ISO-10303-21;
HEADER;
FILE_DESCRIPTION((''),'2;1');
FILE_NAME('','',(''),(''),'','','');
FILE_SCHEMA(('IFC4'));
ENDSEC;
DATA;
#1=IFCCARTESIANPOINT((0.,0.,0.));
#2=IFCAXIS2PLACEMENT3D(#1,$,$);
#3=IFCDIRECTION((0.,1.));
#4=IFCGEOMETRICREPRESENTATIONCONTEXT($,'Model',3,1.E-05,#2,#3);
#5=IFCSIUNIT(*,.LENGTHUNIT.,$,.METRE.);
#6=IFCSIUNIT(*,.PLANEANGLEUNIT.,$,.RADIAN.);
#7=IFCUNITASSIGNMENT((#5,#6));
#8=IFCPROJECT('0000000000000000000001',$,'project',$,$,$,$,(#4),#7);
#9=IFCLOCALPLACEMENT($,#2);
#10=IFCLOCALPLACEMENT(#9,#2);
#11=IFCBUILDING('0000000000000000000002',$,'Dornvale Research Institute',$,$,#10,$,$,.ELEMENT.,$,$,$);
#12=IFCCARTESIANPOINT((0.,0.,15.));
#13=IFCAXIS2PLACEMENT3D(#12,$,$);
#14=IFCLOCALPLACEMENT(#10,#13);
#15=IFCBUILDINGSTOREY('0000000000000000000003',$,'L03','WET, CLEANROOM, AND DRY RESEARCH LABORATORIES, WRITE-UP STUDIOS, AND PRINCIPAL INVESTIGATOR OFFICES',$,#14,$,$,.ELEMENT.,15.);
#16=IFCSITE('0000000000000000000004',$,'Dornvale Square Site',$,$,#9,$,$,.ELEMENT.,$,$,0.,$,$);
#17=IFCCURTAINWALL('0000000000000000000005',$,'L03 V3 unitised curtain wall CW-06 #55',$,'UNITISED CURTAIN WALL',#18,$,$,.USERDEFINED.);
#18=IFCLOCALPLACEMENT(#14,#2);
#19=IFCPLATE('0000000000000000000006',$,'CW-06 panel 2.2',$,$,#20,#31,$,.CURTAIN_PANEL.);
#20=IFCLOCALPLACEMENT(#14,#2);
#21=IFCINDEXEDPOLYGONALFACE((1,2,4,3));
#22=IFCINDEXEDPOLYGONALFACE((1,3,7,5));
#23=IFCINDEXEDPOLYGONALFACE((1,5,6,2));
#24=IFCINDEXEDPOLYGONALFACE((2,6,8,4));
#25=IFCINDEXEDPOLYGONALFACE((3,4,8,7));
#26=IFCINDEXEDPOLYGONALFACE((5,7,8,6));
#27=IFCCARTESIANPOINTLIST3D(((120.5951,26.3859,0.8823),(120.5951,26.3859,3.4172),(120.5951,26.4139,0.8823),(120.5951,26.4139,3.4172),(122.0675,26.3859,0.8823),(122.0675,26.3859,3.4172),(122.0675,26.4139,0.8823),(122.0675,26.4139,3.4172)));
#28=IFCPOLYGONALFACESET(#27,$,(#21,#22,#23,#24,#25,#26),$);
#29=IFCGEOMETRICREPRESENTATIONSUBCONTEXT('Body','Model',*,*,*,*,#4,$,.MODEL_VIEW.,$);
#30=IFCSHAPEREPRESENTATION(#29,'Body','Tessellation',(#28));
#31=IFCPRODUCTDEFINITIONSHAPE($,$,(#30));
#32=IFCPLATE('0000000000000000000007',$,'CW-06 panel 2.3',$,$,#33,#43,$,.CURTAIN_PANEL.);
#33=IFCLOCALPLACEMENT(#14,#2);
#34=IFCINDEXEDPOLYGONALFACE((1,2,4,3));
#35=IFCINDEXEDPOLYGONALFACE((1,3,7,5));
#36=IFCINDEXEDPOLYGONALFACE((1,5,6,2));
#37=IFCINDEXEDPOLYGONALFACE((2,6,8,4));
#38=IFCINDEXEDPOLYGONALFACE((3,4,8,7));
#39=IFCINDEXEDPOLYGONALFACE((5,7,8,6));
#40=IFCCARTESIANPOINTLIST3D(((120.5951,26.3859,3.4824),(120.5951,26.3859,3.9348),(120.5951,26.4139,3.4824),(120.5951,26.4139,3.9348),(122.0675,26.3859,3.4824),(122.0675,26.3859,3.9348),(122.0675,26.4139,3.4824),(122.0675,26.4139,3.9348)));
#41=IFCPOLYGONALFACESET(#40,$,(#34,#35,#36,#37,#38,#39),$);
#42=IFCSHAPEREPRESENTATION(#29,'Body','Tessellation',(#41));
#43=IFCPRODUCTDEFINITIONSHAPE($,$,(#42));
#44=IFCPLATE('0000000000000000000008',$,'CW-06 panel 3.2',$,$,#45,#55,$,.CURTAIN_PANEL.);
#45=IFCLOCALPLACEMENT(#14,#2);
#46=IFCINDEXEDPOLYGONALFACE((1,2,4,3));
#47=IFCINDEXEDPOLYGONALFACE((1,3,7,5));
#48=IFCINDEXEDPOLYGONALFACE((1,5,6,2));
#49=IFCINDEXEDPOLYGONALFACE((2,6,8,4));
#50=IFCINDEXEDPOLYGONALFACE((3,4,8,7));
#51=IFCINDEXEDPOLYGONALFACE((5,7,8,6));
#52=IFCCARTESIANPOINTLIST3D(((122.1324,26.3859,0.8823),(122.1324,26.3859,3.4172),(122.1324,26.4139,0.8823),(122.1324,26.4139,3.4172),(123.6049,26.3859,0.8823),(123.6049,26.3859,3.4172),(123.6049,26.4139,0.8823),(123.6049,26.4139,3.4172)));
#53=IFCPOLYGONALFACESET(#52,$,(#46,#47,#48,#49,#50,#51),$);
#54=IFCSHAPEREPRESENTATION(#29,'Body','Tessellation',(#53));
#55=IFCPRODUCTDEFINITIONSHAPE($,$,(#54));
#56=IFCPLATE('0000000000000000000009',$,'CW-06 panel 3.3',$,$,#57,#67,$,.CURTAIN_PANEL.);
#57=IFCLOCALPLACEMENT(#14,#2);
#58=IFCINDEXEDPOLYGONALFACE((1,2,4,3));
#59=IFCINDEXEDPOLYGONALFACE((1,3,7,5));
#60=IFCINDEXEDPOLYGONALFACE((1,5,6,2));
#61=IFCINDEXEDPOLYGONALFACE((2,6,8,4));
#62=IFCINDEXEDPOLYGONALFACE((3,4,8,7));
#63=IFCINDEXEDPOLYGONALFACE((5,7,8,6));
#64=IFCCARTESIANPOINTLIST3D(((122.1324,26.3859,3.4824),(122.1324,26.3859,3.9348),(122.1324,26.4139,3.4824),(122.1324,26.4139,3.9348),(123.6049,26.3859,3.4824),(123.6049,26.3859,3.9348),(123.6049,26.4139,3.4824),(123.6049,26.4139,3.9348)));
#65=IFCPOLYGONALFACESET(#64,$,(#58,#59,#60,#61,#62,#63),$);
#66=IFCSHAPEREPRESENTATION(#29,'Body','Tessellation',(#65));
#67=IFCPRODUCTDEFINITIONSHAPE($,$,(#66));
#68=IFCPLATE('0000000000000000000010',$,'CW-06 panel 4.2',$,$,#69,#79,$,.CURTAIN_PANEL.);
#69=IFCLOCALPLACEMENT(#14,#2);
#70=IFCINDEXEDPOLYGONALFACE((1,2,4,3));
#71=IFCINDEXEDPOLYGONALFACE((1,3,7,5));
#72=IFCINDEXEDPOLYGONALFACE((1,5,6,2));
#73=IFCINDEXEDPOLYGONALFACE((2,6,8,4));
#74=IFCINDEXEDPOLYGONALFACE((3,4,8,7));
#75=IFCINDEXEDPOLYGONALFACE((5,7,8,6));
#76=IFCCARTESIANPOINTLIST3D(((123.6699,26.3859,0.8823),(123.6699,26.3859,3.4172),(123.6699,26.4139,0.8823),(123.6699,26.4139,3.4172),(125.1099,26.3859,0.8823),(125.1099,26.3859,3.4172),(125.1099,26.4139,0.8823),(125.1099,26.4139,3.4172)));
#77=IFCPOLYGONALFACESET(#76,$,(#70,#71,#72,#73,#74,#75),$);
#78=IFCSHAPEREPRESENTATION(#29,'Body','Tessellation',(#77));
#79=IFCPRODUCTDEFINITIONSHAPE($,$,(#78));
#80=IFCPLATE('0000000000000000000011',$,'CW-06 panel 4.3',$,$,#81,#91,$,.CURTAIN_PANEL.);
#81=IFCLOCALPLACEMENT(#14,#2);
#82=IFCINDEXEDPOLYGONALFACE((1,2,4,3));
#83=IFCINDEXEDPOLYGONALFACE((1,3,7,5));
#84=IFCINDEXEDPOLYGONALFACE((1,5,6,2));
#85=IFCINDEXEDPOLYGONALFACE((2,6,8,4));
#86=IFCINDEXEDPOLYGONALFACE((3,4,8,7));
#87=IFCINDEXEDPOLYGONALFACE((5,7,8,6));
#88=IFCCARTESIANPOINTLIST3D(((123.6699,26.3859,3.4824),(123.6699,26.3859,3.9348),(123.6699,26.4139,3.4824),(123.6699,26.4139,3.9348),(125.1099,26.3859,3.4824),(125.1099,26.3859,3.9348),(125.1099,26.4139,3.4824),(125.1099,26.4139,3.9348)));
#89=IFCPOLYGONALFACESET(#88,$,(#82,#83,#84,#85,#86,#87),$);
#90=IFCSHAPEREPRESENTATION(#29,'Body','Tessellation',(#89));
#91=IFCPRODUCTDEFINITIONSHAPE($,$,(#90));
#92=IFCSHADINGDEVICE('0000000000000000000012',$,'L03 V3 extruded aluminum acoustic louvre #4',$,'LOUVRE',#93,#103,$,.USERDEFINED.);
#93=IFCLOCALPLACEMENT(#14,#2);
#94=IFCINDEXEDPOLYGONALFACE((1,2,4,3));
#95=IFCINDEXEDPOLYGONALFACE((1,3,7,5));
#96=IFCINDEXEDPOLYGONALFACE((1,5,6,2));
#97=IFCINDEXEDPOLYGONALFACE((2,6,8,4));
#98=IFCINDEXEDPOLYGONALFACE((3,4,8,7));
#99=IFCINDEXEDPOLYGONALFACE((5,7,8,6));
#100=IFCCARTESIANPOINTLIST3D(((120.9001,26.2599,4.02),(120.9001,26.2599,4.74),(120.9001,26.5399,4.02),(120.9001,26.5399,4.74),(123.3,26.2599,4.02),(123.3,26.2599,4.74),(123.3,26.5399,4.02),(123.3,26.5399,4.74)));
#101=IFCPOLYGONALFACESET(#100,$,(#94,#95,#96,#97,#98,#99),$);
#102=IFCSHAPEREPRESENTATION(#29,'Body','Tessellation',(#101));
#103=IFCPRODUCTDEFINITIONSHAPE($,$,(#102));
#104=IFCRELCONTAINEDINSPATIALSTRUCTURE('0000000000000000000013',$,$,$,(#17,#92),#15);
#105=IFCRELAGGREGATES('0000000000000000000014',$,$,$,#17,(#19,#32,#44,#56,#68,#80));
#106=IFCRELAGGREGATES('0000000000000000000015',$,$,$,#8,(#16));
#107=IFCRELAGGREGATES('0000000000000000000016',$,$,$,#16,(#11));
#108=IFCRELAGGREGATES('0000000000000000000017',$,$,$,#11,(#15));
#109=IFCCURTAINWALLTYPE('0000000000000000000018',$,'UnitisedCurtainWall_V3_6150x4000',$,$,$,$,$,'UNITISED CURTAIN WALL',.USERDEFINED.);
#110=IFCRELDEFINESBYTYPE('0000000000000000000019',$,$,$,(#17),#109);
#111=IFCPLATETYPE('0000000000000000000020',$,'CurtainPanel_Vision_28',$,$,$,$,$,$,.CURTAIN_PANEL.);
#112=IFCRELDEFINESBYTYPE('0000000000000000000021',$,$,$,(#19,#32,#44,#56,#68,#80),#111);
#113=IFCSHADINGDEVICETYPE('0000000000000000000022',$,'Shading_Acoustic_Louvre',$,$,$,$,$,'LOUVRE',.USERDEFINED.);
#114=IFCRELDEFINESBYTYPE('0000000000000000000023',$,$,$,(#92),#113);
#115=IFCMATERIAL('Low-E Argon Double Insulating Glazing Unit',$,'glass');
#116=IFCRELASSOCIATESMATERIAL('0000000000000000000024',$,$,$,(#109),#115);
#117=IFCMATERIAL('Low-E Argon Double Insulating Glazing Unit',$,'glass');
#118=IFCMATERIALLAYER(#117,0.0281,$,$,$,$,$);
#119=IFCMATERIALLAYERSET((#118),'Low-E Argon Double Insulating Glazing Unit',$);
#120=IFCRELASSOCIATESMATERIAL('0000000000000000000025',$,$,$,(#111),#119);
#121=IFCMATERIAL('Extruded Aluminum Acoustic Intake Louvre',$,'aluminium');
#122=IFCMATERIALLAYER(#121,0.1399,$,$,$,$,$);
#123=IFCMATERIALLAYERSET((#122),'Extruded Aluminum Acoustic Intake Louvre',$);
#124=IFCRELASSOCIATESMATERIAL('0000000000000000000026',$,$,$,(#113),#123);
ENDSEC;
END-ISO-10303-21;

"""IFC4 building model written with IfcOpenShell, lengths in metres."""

from ifc_helpers import new_model, si_unit, direction, frame, origin, origin_2d, place, context, subcontext, project, spatial, rectangle, extrude, material, layer, layer_set, type_object, element, aggregate, save


model = new_model("IFC4")

# Units and contexts
model_context = context("Model", 3, precision=1e-05, world=origin(), true_north=direction((0.0, 1.0)))
body_context = subcontext(model_context, "Body", "Model", "MODEL_VIEW")
ifc_project = project(units=[si_unit("LENGTHUNIT", "METRE"), si_unit("PLANEANGLEUNIT", "RADIAN")], contexts=[model_context])

# Site, building, storey
site_placement = place(None, origin())
site = spatial("IfcSite", under=ifc_project, at=site_placement, Name="Dornvale Square Site", CompositionType="ELEMENT", RefElevation=0.0)
building_placement = place(site_placement, origin())
building = spatial("IfcBuilding", under=site, at=building_placement, Name="Dornvale Research Institute", CompositionType="ELEMENT")
storey_placement = place(building_placement, frame((0.0, 0.0, 15.0)))
storey = spatial("IfcBuildingStorey", under=building, at=storey_placement, Name="L03", Description="WET, CLEANROOM, AND DRY RESEARCH LABORATORIES, WRITE-UP STUDIOS, AND PRINCIPAL INVESTIGATOR OFFICES", CompositionType="ELEMENT", Elevation=15.0)

# Curtain wall, plates
ifc_material_1 = material(Name="Low-E Argon Double Insulating Glazing Unit", Category="glass")
curtain_wall_type = type_object("IfcCurtainWallType", Name="UnitisedCurtainWall_V3_6150x4000", ElementType="UNITISED CURTAIN WALL", PredefinedType="USERDEFINED", material=ifc_material_1)
curtain_wall_placement = place(storey_placement, origin())
curtain_wall = element("IfcCurtainWall", 1, at=curtain_wall_placement, inside=storey, type_object=curtain_wall_type, Name="L03 V3 unitised curtain wall CW-06 #55", ObjectType="UNITISED CURTAIN WALL", PredefinedType="USERDEFINED")
ifc_material_2 = material(Name="Low-E Argon Double Insulating Glazing Unit", Category="glass")
ifc_layer_1 = layer(ifc_material_2, 0.0281)
ifc_layer_set_1 = layer_set([ifc_layer_1], Name="Low-E Argon Double Insulating Glazing Unit")
plate_type_1 = type_object("IfcPlateType", Name="CurtainPanel_Vision_28", PredefinedType="CURTAIN_PANEL", material=ifc_layer_set_1)
plate_1_placement = place(storey_placement, frame((121.3313, 26.3999, 0.8823), z_axis=(0.0, 0.0, 1.0), x_axis=(1.0, 0.0, 0.0)))
plate_1 = element("IfcPlate", 2, at=plate_1_placement, type_object=plate_type_1, Name="CW-06 panel 2.2", PredefinedType="CURTAIN_PANEL", context=body_context, shape_type="SweptSolid", body=[
    extrude(rectangle(XDim=1.4724, YDim=0.0281, at=origin_2d()), origin(), (0.0, 0.0, 1.0), 2.5349),
])
plate_2_placement = place(storey_placement, frame((121.3313, 26.3999, 3.4824), z_axis=(0.0, 0.0, 1.0), x_axis=(1.0, 0.0, 0.0)))
plate_2 = element("IfcPlate", 3, at=plate_2_placement, type_object=plate_type_1, Name="CW-06 panel 2.3", PredefinedType="CURTAIN_PANEL", context=body_context, shape_type="SweptSolid", body=[
    extrude(rectangle(XDim=1.4724, YDim=0.0281, at=origin_2d()), origin(), (0.0, 0.0, 1.0), 0.4524),
])
plate_3_placement = place(storey_placement, frame((122.8687, 26.3999, 0.8823), z_axis=(0.0, 0.0, 1.0), x_axis=(1.0, 0.0, 0.0)))
plate_3 = element("IfcPlate", 4, at=plate_3_placement, type_object=plate_type_1, Name="CW-06 panel 3.2", PredefinedType="CURTAIN_PANEL", context=body_context, shape_type="SweptSolid", body=[
    extrude(rectangle(XDim=1.4724, YDim=0.0281, at=origin_2d()), origin(), (0.0, 0.0, 1.0), 2.5349),
])
plate_4_placement = place(storey_placement, frame((122.8687, 26.3999, 3.4824), z_axis=(0.0, 0.0, 1.0), x_axis=(1.0, 0.0, 0.0)))
plate_4 = element("IfcPlate", 5, at=plate_4_placement, type_object=plate_type_1, Name="CW-06 panel 3.3", PredefinedType="CURTAIN_PANEL", context=body_context, shape_type="SweptSolid", body=[
    extrude(rectangle(XDim=1.4724, YDim=0.0281, at=origin_2d()), origin(), (0.0, 0.0, 1.0), 0.4524),
])
plate_5_placement = place(storey_placement, frame((124.3899, 26.3999, 0.8823), z_axis=(0.0, 0.0, 1.0), x_axis=(1.0, 0.0, 0.0)))
plate_5 = element("IfcPlate", 6, at=plate_5_placement, type_object=plate_type_1, Name="CW-06 panel 4.2", PredefinedType="CURTAIN_PANEL", context=body_context, shape_type="SweptSolid", body=[
    extrude(rectangle(XDim=1.4399, YDim=0.0281, at=origin_2d()), origin(), (0.0, 0.0, 1.0), 2.5349),
])
plate_6_placement = place(storey_placement, frame((124.3899, 26.3999, 3.4824), z_axis=(0.0, 0.0, 1.0), x_axis=(1.0, 0.0, 0.0)))
plate_6 = element("IfcPlate", 7, at=plate_6_placement, type_object=plate_type_1, Name="CW-06 panel 4.3", PredefinedType="CURTAIN_PANEL", context=body_context, shape_type="SweptSolid", body=[
    extrude(rectangle(XDim=1.4399, YDim=0.0281, at=origin_2d()), origin(), (0.0, 0.0, 1.0), 0.4524),
])
aggregate(curtain_wall, [plate_1, plate_2, plate_3, plate_4, plate_5, plate_6])

# Shading device
ifc_material_3 = material(Name="Extruded Aluminum Acoustic Intake Louvre", Category="aluminium")
ifc_layer_2 = layer(ifc_material_3, 0.1399)
ifc_layer_set_2 = layer_set([ifc_layer_2], Name="Extruded Aluminum Acoustic Intake Louvre")
shading_device_type = type_object("IfcShadingDeviceType", Name="Shading_Acoustic_Louvre", ElementType="LOUVRE", PredefinedType="USERDEFINED", material=ifc_layer_set_2)
shading_device_placement = place(storey_placement, frame((122.1001, 26.3999, 4.02), z_axis=(0.0, 0.0, 1.0), x_axis=(1.0, 0.0, 0.0)))
element("IfcShadingDevice", 8, at=shading_device_placement, inside=storey, type_object=shading_device_type, Name="L03 V3 extruded aluminum acoustic louvre #4", ObjectType="LOUVRE", PredefinedType="USERDEFINED", context=body_context, shape_type="SweptSolid", body=[
    extrude(rectangle(XDim=2.3999, YDim=0.28, at=origin_2d()), origin(), (0.0, 0.0, 1.0), 0.72),
])

save(model, "model.ifc")
